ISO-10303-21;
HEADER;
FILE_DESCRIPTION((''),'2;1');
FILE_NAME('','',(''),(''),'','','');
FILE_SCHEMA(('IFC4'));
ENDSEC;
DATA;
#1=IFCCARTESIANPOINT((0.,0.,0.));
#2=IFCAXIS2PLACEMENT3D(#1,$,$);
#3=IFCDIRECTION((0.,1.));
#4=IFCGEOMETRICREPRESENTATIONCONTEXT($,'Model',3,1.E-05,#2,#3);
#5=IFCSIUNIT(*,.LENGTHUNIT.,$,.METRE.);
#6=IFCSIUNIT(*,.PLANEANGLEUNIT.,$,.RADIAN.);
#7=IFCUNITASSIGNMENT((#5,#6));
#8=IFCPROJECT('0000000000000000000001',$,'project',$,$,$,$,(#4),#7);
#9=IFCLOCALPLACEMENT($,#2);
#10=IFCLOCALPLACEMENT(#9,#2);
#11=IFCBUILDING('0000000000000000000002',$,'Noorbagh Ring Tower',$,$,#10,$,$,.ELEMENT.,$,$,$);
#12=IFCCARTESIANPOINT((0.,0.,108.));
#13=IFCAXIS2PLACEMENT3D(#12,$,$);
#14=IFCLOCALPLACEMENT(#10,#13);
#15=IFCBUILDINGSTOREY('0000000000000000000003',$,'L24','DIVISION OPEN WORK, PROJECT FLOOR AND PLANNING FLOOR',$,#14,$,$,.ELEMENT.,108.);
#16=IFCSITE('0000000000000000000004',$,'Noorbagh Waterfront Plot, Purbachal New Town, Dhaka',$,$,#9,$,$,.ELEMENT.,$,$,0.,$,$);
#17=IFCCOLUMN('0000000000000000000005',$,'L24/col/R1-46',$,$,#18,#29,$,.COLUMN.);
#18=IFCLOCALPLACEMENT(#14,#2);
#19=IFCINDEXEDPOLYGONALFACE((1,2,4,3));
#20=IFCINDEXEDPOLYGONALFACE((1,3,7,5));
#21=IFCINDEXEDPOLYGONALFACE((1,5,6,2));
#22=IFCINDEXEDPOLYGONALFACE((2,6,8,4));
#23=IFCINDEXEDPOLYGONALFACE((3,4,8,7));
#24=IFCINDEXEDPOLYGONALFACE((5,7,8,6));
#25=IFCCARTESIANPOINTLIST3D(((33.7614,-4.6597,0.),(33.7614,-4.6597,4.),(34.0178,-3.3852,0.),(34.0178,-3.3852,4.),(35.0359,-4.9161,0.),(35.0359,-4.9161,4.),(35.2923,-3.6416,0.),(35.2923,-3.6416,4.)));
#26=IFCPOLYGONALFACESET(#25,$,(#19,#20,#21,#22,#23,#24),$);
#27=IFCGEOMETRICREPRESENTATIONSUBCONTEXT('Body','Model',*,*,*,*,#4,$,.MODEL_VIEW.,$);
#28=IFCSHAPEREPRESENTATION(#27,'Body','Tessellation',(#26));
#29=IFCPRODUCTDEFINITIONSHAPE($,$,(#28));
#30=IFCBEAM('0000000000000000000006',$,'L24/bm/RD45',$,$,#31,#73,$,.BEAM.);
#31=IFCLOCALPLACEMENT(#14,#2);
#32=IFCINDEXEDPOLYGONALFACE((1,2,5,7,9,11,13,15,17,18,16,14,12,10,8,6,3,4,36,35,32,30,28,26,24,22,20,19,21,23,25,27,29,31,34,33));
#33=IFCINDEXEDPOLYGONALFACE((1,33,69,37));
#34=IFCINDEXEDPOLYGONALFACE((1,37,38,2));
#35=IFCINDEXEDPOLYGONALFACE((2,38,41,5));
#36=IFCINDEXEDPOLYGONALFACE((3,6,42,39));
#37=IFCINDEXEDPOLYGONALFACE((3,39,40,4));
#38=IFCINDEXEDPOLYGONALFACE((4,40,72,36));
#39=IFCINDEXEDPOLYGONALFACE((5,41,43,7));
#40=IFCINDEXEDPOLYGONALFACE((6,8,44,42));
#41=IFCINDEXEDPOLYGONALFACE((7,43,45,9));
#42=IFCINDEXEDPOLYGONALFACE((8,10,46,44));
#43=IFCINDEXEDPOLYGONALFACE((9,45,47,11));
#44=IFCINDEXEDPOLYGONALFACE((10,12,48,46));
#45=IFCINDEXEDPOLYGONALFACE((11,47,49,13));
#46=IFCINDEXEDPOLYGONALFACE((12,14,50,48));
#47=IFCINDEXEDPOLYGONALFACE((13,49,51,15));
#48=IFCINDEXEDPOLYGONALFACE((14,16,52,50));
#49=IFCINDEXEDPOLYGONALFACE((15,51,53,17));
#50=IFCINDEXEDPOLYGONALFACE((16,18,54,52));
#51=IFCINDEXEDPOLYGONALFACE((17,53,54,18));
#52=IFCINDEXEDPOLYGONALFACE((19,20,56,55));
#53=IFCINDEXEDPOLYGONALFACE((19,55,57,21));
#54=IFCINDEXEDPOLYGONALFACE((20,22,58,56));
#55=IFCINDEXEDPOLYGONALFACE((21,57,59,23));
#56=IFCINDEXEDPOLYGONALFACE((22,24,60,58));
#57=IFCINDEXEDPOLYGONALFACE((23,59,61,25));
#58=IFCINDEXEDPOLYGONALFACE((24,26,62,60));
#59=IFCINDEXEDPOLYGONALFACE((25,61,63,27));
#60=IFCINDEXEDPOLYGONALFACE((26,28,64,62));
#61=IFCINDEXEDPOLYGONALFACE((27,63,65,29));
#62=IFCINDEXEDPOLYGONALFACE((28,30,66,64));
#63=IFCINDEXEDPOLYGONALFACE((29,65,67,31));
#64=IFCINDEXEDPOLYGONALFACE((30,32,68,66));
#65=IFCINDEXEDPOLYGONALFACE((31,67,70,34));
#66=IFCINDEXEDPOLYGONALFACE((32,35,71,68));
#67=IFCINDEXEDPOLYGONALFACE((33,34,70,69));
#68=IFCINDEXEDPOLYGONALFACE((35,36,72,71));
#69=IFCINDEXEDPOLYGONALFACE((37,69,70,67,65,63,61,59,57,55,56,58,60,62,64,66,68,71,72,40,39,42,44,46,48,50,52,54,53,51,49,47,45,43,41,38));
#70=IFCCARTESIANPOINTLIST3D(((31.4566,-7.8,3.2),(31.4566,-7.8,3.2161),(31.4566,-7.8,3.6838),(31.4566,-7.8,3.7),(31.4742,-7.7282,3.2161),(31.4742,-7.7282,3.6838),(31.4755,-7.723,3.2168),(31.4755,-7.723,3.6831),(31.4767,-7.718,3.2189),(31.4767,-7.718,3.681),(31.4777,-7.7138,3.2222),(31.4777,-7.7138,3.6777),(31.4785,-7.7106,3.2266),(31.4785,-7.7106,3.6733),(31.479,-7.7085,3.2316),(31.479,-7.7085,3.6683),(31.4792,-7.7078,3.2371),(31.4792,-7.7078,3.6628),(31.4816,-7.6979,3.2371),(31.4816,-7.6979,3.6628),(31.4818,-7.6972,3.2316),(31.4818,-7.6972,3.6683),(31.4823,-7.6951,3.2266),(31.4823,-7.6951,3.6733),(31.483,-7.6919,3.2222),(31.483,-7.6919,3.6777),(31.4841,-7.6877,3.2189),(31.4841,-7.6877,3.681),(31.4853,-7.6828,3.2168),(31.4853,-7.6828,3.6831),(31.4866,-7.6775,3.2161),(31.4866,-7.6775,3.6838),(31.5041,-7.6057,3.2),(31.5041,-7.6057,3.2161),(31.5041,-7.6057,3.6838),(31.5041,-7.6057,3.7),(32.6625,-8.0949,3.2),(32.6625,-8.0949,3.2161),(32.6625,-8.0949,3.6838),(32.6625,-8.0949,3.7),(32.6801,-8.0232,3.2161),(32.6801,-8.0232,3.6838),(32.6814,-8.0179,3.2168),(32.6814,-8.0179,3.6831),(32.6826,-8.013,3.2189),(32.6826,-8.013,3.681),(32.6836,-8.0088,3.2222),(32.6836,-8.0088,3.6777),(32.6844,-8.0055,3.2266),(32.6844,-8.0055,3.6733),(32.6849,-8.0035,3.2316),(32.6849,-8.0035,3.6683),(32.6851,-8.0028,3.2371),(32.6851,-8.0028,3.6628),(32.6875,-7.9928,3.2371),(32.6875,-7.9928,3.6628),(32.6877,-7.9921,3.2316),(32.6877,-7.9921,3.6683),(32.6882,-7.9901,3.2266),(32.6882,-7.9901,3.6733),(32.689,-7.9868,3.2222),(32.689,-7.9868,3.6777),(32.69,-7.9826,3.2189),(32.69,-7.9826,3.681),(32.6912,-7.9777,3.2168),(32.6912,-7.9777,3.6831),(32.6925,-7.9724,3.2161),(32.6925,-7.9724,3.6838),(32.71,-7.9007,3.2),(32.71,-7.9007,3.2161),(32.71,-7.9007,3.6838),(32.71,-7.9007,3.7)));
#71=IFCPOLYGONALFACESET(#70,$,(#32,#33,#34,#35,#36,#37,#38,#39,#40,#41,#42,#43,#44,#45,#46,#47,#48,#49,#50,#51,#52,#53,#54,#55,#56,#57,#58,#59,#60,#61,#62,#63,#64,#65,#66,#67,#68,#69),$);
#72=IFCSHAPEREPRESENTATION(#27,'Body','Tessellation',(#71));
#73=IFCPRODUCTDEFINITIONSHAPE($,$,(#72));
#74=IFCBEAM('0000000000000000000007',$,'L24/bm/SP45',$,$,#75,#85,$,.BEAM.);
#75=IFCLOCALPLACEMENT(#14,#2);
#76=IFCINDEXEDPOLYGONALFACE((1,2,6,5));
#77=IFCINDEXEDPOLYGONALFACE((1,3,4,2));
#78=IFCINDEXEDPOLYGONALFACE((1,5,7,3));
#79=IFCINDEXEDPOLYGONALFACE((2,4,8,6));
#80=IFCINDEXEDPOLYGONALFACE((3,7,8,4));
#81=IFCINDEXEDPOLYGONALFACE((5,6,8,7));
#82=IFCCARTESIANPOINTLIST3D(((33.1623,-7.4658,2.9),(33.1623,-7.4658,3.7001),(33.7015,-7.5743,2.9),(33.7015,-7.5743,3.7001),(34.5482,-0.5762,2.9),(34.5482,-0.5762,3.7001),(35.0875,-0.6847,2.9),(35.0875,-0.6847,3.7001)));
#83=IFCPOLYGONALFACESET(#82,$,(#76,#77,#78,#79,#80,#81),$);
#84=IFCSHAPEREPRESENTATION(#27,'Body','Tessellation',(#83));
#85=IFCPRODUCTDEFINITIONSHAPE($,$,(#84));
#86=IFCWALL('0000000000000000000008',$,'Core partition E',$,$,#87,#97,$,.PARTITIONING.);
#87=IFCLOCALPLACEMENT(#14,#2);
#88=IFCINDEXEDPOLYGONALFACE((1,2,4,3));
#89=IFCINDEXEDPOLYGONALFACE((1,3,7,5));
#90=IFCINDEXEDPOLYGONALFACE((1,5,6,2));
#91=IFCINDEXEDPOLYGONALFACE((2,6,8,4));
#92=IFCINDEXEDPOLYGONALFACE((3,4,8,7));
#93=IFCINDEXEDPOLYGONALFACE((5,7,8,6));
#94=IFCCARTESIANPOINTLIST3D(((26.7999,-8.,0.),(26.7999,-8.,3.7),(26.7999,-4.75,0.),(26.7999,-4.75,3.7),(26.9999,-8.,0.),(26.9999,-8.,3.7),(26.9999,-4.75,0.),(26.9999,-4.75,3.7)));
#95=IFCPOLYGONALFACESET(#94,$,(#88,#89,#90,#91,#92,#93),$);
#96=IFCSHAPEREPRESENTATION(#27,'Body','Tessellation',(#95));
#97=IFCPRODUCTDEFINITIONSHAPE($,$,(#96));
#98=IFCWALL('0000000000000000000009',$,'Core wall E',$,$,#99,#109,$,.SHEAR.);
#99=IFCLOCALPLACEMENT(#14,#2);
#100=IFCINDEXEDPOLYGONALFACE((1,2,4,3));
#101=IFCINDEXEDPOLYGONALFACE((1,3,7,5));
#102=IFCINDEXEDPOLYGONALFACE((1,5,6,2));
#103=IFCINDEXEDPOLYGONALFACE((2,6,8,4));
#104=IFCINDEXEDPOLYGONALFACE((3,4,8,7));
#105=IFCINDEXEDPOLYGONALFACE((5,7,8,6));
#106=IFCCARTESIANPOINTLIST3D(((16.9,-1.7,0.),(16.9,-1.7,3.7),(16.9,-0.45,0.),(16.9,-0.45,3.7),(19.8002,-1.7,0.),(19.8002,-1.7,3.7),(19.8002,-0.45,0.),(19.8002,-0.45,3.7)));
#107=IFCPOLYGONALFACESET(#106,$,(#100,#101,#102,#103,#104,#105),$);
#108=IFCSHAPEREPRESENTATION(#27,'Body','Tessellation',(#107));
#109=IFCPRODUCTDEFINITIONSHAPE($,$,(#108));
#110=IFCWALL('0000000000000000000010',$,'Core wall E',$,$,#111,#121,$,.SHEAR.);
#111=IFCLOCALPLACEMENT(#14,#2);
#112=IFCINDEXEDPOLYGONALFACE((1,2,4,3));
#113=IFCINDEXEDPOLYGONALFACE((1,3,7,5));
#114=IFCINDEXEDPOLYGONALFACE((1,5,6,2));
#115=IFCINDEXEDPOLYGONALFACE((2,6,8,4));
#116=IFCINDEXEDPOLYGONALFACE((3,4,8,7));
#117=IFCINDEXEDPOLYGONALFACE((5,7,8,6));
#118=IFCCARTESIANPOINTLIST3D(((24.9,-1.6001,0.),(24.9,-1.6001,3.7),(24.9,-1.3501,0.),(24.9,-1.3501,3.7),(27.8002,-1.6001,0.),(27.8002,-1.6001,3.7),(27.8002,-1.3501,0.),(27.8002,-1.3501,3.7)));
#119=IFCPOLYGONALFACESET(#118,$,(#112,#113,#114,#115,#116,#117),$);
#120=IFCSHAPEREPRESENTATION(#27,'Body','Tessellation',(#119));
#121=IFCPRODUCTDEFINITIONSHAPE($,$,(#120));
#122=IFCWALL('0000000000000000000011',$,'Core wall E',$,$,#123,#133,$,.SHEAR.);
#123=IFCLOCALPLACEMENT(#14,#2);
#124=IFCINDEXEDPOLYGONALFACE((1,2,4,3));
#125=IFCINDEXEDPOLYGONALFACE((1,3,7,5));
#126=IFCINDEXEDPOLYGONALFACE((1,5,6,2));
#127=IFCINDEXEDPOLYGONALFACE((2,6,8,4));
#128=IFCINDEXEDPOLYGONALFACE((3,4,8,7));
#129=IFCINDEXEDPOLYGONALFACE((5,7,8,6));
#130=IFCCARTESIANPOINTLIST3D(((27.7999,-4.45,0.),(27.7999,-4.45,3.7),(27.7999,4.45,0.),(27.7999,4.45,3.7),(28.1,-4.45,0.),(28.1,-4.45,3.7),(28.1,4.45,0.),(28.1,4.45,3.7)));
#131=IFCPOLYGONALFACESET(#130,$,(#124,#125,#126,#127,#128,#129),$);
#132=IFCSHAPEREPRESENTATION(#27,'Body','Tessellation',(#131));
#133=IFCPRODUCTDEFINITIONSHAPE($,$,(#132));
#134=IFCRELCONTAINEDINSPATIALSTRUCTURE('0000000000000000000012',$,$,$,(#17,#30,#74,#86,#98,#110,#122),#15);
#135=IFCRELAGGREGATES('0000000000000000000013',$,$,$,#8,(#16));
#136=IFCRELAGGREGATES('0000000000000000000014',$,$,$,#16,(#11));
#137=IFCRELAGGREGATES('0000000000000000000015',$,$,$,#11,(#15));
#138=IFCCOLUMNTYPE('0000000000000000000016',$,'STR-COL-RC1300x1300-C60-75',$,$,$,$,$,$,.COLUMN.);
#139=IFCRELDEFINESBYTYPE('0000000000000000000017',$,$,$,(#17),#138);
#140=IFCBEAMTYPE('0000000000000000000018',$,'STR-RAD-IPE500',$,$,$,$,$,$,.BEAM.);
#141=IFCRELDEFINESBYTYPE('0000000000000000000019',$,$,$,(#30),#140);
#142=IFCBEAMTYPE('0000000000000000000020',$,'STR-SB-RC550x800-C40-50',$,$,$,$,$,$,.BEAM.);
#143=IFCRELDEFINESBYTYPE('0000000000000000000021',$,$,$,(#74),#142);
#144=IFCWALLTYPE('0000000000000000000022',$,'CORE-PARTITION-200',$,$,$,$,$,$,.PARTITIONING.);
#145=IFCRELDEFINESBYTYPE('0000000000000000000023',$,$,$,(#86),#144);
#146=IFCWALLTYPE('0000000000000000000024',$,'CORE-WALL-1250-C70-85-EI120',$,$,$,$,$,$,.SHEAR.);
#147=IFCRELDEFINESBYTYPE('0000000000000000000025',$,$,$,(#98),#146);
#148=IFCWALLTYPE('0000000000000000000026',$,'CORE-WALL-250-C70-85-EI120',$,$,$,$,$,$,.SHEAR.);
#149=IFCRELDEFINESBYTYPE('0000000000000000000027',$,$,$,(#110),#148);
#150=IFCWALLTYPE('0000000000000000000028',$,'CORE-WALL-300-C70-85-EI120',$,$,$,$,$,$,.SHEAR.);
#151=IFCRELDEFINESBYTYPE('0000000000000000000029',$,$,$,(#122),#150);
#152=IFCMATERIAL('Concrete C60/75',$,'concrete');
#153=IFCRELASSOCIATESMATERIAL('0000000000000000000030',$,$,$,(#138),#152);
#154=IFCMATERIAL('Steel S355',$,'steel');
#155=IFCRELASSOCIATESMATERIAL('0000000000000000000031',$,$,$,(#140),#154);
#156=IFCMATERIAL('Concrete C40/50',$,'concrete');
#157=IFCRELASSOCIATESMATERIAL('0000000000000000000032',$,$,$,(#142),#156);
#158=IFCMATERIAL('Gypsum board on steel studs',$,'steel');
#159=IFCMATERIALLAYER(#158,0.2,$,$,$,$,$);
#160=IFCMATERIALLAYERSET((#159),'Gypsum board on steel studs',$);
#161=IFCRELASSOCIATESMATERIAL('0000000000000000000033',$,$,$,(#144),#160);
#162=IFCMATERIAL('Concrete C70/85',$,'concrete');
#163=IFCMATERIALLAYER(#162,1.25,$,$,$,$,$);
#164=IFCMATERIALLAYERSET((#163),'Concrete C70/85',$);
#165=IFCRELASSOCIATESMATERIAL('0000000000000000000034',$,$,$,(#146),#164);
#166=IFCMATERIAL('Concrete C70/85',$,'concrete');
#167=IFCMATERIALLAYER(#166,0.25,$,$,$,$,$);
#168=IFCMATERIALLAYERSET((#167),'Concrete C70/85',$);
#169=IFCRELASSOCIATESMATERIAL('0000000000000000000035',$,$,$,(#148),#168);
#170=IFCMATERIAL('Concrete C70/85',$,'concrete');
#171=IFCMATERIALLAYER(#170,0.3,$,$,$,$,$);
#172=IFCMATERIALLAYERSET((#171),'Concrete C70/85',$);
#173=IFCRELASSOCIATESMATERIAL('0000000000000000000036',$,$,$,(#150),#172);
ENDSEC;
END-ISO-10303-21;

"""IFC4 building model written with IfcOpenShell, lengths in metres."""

from ifc_helpers import new_model, si_unit, direction, frame, frame_2d, origin, origin_2d, place, context, subcontext, project, spatial, rectangle, i_section, extrude, material, layer, layer_set, material_profile, profile_set, type_object, element, save


model = new_model("IFC4")

# Units and contexts
model_context = context("Model", 3, precision=1e-05, world=origin(), true_north=direction((0.0, 1.0)))
body_context = subcontext(model_context, "Body", "Model", "MODEL_VIEW")
ifc_project = project(units=[si_unit("LENGTHUNIT", "METRE"), si_unit("PLANEANGLEUNIT", "RADIAN")], contexts=[model_context])

# Site, building, storey
site_placement = place(None, origin())
site = spatial("IfcSite", under=ifc_project, at=site_placement, Name="Noorbagh Waterfront Plot, Purbachal New Town, Dhaka", CompositionType="ELEMENT", RefElevation=0.0)
building_placement = place(site_placement, origin())
building = spatial("IfcBuilding", under=site, at=building_placement, Name="Noorbagh Ring Tower", CompositionType="ELEMENT")
storey_placement = place(building_placement, frame((0.0, 0.0, 108.0)))
storey = spatial("IfcBuildingStorey", under=building, at=storey_placement, Name="L24", Description="DIVISION OPEN WORK, PROJECT FLOOR AND PLANNING FLOOR", CompositionType="ELEMENT", Elevation=108.0)

# Column
ifc_material_1 = material(Name="Concrete C60/75", Category="concrete")
ifc_material_profile_1 = material_profile(ifc_material_1, rectangle(XDim=1.3, YDim=1.3, at=origin_2d()), Name="RC1300x1300")
ifc_profile_set_1 = profile_set([ifc_material_profile_1], Name="Concrete C60/75")
column_type = type_object("IfcColumnType", Name="STR-COL-RC1300x1300-C60-75", PredefinedType="COLUMN", material=ifc_profile_set_1)
column_placement = place(storey_placement, frame((34.5269, -4.1506, 0.0), z_axis=(0.0, 0.0, 1.0), x_axis=(0.19723, 0.980357, 0.0)))
element("IfcColumn", 1, at=column_placement, inside=storey, type_object=column_type, Name="L24/col/R1-46", PredefinedType="COLUMN", context=body_context, shape_type="SweptSolid", body=[
    extrude(rectangle(XDim=1.3, YDim=1.3, at=origin_2d()), origin(), (0.0, 0.0, 1.0), 4.0),
])

# Beams
ifc_material_2 = material(Name="Steel S355", Category="steel")
ifc_material_profile_2 = material_profile(ifc_material_2, i_section(OverallWidth=0.2, OverallDepth=0.5, WebThickness=0.0103, FlangeThickness=0.0161, FilletRadius=0.021, at=origin_2d()), Name="IPE500")
ifc_profile_set_2 = profile_set([ifc_material_profile_2], Name="Steel S355")
beam_type_1 = type_object("IfcBeamType", Name="STR-RAD-IPE500", PredefinedType="BEAM", material=ifc_profile_set_2)
beam_1_placement = place(storey_placement, frame((32.6863, -7.9978, 3.45), z_axis=(-0.971368, 0.237581, 0.0), x_axis=(-0.237581, -0.971368, 0.0)))
element("IfcBeam", 2, at=beam_1_placement, inside=storey, type_object=beam_type_1, Name="L24/bm/RD45", PredefinedType="BEAM", context=body_context, shape_type="SweptSolid", body=[
    extrude(i_section(OverallWidth=0.2, OverallDepth=0.5, WebThickness=0.0103, FlangeThickness=0.0161, FilletRadius=0.021, at=origin_2d()), origin(), (0.0, 0.0, 1.0), 1.2415),
])
ifc_material_3 = material(Name="Concrete C40/50", Category="concrete")
ifc_material_profile_3 = material_profile(ifc_material_3, rectangle(XDim=0.55, YDim=0.8, at=origin_2d()), Name="RC550x800")
ifc_profile_set_3 = profile_set([ifc_material_profile_3], Name="Concrete C40/50")
beam_type_2 = type_object("IfcBeamType", Name="STR-SB-RC550x800-C40-50", PredefinedType="BEAM", material=ifc_profile_set_3)
beam_2_placement = place(storey_placement, frame((33.4319, -7.52, 3.3), z_axis=(0.197218, 0.98036, 0.0), x_axis=(-0.98036, 0.197218, 0.0)))
element("IfcBeam", 3, at=beam_2_placement, inside=storey, type_object=beam_type_2, Name="L24/bm/SP45", PredefinedType="BEAM", context=body_context, shape_type="SweptSolid", body=[
    extrude(rectangle(XDim=0.55, YDim=0.8, at=origin_2d()), origin(), (0.0, 0.0, 1.0), 7.0276),
])

# Walls
ifc_material_4 = material(Name="Gypsum board on steel studs", Category="steel")
ifc_layer_1 = layer(ifc_material_4, 0.2)
ifc_layer_set_1 = layer_set([ifc_layer_1], Name="Gypsum board on steel studs")
wall_type_1 = type_object("IfcWallType", Name="CORE-PARTITION-200", PredefinedType="PARTITIONING", material=ifc_layer_set_1)
wall_1_placement = place(storey_placement, frame((26.8999, -8.0, 0.0), z_axis=(0.0, 0.0, 1.0), x_axis=(0.0, 1.0, 0.0)))
element("IfcWall", 4, at=wall_1_placement, inside=storey, type_object=wall_type_1, Name="Core partition E", PredefinedType="PARTITIONING", context=body_context, shape_type="SweptSolid", body=[
    extrude(rectangle(XDim=3.25, YDim=0.2, at=frame_2d((1.625, 0.0))), origin(), (0.0, 0.0, 1.0), 3.7),
])
ifc_material_5 = material(Name="Concrete C70/85", Category="concrete")
ifc_layer_2 = layer(ifc_material_5, 1.25)
ifc_layer_set_2 = layer_set([ifc_layer_2], Name="Concrete C70/85")
wall_type_2 = type_object("IfcWallType", Name="CORE-WALL-1250-C70-85-EI120", PredefinedType="SHEAR", material=ifc_layer_set_2)
wall_2_placement = place(storey_placement, frame((16.8999, -1.075, 0.0), z_axis=(0.0, 0.0, 1.0), x_axis=(1.0, 0.0, 0.0)))
element("IfcWall", 5, at=wall_2_placement, inside=storey, type_object=wall_type_2, Name="Core wall E", PredefinedType="SHEAR", context=body_context, shape_type="SweptSolid", body=[
    extrude(rectangle(XDim=2.9001, YDim=1.25, at=frame_2d((1.4502, 0.0))), origin(), (0.0, 0.0, 1.0), 3.7),
])
ifc_material_6 = material(Name="Concrete C70/85", Category="concrete")
ifc_layer_3 = layer(ifc_material_6, 0.25)
ifc_layer_set_3 = layer_set([ifc_layer_3], Name="Concrete C70/85")
wall_type_3 = type_object("IfcWallType", Name="CORE-WALL-250-C70-85-EI120", PredefinedType="SHEAR", material=ifc_layer_set_3)
wall_3_placement = place(storey_placement, frame((24.8999, -1.4751, 0.0), z_axis=(0.0, 0.0, 1.0), x_axis=(1.0, 0.0, 0.0)))
element("IfcWall", 6, at=wall_3_placement, inside=storey, type_object=wall_type_3, Name="Core wall E", PredefinedType="SHEAR", context=body_context, shape_type="SweptSolid", body=[
    extrude(rectangle(XDim=2.9001, YDim=0.25, at=frame_2d((1.4502, 0.0))), origin(), (0.0, 0.0, 1.0), 3.7),
])
ifc_material_7 = material(Name="Concrete C70/85", Category="concrete")
ifc_layer_4 = layer(ifc_material_7, 0.3)
ifc_layer_set_4 = layer_set([ifc_layer_4], Name="Concrete C70/85")
wall_type_4 = type_object("IfcWallType", Name="CORE-WALL-300-C70-85-EI120", PredefinedType="SHEAR", material=ifc_layer_set_4)
wall_4_placement = place(storey_placement, frame((27.95, -4.45, 0.0), z_axis=(0.0, 0.0, 1.0), x_axis=(0.0, 1.0, 0.0)))
element("IfcWall", 7, at=wall_4_placement, inside=storey, type_object=wall_type_4, Name="Core wall E", PredefinedType="SHEAR", context=body_context, shape_type="SweptSolid", body=[
    extrude(rectangle(XDim=8.8999, YDim=0.3, at=frame_2d((4.45, 0.0))), origin(), (0.0, 0.0, 1.0), 3.7),
])

save(model, "model.ifc")
